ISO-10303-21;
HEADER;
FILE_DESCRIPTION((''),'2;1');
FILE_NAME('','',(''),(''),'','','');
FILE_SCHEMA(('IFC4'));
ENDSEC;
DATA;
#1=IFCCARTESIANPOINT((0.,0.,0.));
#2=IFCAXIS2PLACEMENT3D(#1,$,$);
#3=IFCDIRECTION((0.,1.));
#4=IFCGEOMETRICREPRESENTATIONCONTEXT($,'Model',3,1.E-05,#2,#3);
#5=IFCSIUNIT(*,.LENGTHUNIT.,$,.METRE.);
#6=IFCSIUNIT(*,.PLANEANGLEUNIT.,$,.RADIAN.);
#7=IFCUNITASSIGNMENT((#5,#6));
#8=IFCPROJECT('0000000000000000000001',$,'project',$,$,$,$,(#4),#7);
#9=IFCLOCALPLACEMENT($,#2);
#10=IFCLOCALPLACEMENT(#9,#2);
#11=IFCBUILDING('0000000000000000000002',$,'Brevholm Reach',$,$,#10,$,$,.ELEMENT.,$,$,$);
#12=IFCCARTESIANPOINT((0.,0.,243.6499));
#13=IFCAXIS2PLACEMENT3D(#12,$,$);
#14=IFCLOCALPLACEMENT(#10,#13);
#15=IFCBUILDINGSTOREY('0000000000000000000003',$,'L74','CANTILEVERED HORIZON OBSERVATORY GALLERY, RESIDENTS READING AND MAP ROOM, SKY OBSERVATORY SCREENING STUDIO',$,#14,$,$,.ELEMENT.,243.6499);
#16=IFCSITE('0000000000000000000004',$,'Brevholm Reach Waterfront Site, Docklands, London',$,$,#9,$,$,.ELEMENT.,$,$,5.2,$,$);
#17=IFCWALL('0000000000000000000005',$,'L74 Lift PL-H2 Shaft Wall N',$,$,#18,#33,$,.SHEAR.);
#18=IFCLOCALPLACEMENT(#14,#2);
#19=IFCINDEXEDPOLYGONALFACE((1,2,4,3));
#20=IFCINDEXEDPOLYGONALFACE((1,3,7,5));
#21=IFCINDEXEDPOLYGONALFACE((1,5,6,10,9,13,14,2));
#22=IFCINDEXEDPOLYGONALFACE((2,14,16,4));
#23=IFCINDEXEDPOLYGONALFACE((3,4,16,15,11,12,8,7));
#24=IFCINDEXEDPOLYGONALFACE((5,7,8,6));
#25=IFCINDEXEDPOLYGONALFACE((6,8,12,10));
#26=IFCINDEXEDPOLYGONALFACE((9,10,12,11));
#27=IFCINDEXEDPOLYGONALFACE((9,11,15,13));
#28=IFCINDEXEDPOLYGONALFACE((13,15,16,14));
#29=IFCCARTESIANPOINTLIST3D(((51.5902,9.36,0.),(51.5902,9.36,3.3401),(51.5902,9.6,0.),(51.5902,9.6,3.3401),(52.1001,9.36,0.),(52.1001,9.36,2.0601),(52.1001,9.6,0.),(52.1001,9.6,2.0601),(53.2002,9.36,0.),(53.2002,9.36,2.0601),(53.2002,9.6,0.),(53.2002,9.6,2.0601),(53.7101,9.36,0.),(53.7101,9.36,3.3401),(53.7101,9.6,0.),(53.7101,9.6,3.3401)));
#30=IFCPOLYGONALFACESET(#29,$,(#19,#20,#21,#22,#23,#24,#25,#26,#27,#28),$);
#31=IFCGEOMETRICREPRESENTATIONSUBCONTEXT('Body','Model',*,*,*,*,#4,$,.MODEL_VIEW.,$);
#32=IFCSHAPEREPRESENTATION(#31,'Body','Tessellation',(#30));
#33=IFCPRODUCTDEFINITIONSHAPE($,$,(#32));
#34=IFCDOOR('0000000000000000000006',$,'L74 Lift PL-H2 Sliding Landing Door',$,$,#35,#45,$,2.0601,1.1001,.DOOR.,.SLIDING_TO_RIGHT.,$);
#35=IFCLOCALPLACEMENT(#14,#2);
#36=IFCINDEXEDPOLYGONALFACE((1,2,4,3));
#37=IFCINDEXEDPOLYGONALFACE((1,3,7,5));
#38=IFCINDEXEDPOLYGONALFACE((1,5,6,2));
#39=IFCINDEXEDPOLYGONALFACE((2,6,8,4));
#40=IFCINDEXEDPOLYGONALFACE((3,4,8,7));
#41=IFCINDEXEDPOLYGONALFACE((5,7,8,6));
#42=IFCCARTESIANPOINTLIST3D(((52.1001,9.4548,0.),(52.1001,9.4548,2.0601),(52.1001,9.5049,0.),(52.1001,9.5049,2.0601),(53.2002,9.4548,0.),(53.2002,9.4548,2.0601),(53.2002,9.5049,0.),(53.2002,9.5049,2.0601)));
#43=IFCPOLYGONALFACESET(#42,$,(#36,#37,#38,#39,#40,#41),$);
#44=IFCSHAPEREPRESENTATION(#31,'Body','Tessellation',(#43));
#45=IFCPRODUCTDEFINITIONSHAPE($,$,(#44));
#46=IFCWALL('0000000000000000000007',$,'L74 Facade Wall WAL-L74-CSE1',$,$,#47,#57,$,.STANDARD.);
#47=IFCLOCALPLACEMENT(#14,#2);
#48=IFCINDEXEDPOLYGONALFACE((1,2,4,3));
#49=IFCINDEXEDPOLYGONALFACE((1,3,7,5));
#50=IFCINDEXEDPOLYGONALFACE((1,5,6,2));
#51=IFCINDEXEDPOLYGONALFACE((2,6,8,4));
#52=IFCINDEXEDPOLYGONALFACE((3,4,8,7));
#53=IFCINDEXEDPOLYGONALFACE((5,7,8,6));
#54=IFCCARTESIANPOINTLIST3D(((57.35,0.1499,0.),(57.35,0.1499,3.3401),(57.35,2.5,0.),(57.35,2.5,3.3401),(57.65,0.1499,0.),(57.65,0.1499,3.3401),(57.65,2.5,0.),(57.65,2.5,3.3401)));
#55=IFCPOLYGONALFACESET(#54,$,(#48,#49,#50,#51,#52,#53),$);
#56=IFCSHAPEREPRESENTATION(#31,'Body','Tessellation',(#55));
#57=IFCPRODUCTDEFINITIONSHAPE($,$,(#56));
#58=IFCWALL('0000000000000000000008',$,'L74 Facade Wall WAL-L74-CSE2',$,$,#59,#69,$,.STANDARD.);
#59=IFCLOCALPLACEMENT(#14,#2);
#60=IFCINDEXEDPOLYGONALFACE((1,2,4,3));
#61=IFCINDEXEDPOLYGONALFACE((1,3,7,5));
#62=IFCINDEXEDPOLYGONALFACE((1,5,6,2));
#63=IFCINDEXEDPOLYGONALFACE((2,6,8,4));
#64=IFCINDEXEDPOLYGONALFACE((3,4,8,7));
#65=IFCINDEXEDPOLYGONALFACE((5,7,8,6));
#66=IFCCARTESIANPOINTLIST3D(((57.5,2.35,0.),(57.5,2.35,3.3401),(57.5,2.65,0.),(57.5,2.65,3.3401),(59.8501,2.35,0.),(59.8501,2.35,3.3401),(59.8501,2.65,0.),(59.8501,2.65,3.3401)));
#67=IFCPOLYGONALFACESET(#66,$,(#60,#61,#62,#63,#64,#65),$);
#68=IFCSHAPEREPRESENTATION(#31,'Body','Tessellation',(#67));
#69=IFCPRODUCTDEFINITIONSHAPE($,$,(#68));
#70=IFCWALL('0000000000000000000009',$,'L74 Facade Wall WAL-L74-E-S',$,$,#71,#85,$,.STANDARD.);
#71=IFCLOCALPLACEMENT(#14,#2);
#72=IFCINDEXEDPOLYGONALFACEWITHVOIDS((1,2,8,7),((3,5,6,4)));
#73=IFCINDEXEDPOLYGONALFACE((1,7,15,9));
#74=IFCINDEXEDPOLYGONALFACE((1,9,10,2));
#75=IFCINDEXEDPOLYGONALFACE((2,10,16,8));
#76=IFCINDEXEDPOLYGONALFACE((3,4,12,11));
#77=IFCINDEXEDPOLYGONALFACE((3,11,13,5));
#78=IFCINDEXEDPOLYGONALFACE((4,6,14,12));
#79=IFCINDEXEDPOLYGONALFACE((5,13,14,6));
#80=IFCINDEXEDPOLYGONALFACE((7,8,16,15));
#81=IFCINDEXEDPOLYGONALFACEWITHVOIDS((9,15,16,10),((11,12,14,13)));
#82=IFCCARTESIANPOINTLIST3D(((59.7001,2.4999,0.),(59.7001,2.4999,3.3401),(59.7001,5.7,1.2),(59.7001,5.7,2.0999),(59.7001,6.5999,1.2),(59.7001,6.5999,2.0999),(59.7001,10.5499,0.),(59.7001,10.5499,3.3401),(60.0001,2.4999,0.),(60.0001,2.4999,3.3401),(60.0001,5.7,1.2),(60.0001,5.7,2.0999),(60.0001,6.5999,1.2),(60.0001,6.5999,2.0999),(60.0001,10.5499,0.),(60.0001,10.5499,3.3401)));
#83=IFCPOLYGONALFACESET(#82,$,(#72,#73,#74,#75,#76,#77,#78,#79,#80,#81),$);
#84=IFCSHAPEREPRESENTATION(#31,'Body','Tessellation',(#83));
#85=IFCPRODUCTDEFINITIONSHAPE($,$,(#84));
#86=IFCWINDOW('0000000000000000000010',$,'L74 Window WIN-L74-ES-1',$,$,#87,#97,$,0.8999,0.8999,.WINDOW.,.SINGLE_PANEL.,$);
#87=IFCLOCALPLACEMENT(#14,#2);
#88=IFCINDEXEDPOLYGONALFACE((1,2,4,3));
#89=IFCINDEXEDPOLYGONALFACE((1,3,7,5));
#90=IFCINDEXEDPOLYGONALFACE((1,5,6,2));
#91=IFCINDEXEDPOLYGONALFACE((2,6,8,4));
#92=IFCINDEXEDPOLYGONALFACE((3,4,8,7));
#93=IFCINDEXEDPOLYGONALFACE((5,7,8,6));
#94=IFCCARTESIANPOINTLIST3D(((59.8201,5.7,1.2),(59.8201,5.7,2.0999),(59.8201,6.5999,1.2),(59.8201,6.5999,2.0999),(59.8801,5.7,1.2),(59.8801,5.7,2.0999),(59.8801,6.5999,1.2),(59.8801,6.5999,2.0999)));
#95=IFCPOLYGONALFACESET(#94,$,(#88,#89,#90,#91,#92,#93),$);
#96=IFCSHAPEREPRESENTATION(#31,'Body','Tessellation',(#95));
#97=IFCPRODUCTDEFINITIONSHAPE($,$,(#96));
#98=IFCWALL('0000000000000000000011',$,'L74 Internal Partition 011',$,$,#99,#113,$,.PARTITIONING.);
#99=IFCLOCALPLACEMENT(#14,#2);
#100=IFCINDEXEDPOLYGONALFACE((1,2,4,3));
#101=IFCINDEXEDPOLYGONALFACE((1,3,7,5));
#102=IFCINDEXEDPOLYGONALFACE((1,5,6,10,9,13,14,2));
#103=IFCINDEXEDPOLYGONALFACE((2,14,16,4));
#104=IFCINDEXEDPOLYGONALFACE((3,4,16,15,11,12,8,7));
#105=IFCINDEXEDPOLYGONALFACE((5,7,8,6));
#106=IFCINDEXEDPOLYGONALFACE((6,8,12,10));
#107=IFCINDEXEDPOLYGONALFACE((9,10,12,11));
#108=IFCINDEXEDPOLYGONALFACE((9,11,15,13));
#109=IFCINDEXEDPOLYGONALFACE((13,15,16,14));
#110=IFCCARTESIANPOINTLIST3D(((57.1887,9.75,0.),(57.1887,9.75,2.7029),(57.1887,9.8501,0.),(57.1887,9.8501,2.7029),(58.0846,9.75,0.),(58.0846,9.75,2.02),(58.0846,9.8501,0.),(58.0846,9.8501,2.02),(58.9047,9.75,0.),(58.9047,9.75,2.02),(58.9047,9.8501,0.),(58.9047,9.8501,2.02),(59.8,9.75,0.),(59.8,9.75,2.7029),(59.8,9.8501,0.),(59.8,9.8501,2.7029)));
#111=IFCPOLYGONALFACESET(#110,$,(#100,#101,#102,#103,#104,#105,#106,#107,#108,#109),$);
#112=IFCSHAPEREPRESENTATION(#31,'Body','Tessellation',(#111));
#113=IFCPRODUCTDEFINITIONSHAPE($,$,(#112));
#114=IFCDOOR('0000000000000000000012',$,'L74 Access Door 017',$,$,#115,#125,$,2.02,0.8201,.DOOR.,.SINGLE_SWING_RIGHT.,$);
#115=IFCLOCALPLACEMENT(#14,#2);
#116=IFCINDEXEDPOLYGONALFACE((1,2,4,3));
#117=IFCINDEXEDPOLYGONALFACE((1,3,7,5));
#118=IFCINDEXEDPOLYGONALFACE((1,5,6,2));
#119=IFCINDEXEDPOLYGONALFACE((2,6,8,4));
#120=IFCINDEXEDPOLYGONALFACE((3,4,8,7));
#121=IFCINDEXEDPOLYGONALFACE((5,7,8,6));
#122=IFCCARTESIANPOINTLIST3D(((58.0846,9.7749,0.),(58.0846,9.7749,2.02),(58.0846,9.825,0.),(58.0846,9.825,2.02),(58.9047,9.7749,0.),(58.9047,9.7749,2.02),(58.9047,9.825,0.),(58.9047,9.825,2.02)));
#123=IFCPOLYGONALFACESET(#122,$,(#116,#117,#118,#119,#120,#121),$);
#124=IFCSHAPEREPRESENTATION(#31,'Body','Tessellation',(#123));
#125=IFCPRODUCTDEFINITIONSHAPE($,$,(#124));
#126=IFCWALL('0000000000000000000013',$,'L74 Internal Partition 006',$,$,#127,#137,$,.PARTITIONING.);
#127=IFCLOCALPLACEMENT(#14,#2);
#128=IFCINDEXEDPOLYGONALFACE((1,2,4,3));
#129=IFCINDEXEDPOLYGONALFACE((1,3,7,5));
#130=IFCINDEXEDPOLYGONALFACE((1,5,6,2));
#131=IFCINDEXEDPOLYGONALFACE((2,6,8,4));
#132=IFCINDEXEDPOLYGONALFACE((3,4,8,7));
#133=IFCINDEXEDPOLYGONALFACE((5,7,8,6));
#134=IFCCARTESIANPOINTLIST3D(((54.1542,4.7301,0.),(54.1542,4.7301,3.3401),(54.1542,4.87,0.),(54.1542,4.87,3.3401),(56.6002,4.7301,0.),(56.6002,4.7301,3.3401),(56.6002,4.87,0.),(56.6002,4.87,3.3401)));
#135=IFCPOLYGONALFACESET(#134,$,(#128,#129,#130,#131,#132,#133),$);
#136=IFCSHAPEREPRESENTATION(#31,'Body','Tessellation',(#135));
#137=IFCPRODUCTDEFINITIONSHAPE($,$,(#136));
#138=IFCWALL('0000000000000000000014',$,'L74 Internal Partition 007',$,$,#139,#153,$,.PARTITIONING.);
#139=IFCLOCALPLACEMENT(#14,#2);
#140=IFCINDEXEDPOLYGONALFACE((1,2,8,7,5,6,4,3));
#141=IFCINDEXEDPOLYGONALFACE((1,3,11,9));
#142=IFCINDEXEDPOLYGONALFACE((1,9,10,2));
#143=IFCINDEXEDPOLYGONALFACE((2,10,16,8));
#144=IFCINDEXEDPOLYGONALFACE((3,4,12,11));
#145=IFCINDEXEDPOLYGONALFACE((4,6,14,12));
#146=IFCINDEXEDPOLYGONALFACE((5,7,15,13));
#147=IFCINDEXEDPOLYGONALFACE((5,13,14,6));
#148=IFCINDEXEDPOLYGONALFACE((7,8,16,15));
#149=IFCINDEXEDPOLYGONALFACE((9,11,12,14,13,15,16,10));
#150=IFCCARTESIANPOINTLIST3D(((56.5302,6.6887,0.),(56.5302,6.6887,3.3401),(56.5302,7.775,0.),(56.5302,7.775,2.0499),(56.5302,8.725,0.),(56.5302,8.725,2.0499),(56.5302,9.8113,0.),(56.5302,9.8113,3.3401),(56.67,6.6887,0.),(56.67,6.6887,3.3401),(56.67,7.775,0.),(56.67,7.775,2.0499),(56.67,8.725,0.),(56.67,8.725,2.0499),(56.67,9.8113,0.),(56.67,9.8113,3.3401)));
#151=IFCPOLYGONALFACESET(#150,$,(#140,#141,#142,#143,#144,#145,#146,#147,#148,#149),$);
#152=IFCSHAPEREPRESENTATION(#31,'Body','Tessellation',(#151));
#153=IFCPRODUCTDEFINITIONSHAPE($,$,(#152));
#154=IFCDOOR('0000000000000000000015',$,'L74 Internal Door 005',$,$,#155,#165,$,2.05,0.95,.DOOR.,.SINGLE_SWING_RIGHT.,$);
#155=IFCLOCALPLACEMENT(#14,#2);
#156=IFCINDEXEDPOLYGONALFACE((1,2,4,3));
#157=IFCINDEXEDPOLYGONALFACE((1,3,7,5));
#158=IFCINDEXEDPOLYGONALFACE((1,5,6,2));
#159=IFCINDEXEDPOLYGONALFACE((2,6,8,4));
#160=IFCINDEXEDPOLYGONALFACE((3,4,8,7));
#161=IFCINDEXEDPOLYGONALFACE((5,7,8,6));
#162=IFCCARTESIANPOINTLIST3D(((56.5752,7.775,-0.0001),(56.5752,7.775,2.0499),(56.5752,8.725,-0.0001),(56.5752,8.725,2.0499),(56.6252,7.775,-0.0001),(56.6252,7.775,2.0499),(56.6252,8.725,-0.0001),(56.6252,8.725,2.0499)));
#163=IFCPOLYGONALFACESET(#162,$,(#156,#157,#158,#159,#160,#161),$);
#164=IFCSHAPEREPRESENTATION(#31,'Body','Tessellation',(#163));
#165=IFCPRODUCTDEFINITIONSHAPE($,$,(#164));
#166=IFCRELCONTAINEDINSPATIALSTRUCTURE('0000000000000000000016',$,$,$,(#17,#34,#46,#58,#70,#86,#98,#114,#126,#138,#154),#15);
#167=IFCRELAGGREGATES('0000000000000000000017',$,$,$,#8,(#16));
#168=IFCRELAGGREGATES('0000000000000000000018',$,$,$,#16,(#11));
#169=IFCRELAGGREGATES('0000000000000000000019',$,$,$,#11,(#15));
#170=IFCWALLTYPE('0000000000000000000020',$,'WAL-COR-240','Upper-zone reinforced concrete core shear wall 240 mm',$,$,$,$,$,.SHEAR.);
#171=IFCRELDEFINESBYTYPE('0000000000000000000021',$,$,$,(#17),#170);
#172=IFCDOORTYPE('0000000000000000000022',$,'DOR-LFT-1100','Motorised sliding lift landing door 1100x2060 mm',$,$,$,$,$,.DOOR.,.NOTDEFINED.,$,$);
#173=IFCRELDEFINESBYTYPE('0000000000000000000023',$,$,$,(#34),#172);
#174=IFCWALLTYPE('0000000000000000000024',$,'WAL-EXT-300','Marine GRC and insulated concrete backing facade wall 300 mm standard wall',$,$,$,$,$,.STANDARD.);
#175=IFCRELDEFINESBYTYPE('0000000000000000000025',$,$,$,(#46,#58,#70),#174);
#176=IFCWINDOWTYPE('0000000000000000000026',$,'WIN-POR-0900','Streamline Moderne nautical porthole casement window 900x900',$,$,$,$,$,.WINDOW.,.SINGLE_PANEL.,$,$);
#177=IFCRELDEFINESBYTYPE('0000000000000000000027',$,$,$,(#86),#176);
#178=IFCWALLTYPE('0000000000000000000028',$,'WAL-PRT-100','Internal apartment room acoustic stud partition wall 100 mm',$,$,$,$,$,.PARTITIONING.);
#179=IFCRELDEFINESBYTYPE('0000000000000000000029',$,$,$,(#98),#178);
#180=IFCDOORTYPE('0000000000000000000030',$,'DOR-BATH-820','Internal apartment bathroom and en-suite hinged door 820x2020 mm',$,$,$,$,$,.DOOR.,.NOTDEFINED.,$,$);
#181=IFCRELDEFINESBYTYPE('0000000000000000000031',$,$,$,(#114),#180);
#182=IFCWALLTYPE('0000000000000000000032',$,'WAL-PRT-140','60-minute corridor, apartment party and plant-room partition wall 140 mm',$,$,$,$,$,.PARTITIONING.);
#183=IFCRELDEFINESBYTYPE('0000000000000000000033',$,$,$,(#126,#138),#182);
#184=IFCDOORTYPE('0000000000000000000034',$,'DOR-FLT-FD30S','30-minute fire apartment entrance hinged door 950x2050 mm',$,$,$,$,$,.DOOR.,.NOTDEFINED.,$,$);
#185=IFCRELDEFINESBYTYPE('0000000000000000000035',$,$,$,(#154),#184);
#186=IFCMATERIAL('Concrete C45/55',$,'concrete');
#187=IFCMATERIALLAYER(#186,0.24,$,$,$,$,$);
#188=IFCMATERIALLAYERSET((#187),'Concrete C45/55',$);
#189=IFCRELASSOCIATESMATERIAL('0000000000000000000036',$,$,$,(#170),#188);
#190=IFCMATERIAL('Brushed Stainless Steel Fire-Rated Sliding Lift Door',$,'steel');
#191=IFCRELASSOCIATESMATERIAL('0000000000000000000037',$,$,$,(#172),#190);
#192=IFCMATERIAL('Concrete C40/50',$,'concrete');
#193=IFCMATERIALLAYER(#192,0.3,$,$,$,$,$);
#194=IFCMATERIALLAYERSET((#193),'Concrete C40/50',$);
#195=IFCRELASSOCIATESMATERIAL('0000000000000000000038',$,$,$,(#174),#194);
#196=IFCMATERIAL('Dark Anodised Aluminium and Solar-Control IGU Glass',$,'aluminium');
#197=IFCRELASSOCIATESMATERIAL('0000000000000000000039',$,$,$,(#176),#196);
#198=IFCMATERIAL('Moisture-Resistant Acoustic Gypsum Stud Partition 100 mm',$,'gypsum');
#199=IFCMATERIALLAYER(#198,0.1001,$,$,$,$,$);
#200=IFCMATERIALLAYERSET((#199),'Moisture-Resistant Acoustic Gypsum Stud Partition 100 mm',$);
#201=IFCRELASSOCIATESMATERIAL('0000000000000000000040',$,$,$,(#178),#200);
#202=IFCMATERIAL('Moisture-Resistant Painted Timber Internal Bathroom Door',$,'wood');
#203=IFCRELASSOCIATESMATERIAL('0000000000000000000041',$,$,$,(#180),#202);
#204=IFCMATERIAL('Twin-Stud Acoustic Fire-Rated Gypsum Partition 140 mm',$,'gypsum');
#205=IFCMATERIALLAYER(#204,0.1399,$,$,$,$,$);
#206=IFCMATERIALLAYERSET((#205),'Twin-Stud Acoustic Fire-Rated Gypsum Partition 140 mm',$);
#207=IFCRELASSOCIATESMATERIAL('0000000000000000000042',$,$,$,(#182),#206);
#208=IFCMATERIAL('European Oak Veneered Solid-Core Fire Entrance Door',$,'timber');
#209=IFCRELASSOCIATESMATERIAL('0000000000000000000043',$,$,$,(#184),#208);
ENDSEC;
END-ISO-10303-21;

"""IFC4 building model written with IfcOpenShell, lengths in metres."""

from ifc_helpers import new_model, si_unit, direction, frame, frame_2d, origin, place, context, subcontext, project, spatial, rectangle, extrude, material, layer, layer_set, type_object, element, fill, save


model = new_model("IFC4")

# Units and contexts
model_context = context("Model", 3, precision=1e-05, world=origin(), true_north=direction((0.0, 1.0)))
body_context = subcontext(model_context, "Body", "Model", "MODEL_VIEW")
ifc_project = project(units=[si_unit("LENGTHUNIT", "METRE"), si_unit("PLANEANGLEUNIT", "RADIAN")], contexts=[model_context])

# Site, building, storey
site_placement = place(None, origin())
site = spatial("IfcSite", under=ifc_project, at=site_placement, Name="Brevholm Reach Waterfront Site, Docklands, London", CompositionType="ELEMENT", RefElevation=5.2)
building_placement = place(site_placement, origin())
building = spatial("IfcBuilding", under=site, at=building_placement, Name="Brevholm Reach", CompositionType="ELEMENT")
storey_placement = place(building_placement, frame((0.0, 0.0, 243.6499)))
storey = spatial("IfcBuildingStorey", under=building, at=storey_placement, Name="L74", Description="CANTILEVERED HORIZON OBSERVATORY GALLERY, RESIDENTS READING AND MAP ROOM, SKY OBSERVATORY SCREENING STUDIO", CompositionType="ELEMENT", Elevation=243.6499)

# Shared definitions
ifc_material_1 = material(Name="Concrete C45/55", Category="concrete")
ifc_layer_1 = layer(ifc_material_1, 0.24)
ifc_layer_set_1 = layer_set([ifc_layer_1], Name="Concrete C45/55")
wall_type_1 = type_object("IfcWallType", Name="WAL-COR-240", Description="Upper-zone reinforced concrete core shear wall 240 mm", PredefinedType="SHEAR", material=ifc_layer_set_1)

# Wall, opening, door
wall_1_placement = place(storey_placement, frame((51.5901, 9.48, 0.0), z_axis=(0.0, 0.0, 1.0), x_axis=(1.0, 0.0, 0.0)))
wall_1 = element("IfcWall", 1, at=wall_1_placement, inside=storey, type_object=wall_type_1, Name="L74 Lift PL-H2 Shaft Wall N", PredefinedType="SHEAR", context=body_context, shape_type="SweptSolid", body=[
    extrude(rectangle(XDim=2.1199, YDim=0.24, at=frame_2d((1.0601, 0.0))), origin(), (0.0, 0.0, 1.0), 3.3401),
])
opening_1_placement = place(wall_1_placement, frame((0.51, 0.0, 0.0)))
opening_1 = element("IfcOpeningElement", 2, at=opening_1_placement, cuts=wall_1, PredefinedType="OPENING", context=body_context, shape_type="SweptSolid", body=[
    extrude(rectangle(XDim=1.1001, YDim=2.0601, at=frame_2d((0.55, 1.03))), frame((0.0, 0.1299, 0.0), z_axis=(0.0, -1.0, 0.0), x_axis=(1.0, 0.0, 0.0)), (0.0, 0.0, 1.0), 0.26),
])
ifc_material_2 = material(Name="Brushed Stainless Steel Fire-Rated Sliding Lift Door", Category="steel")
door_type_1 = type_object("IfcDoorType", Name="DOR-LFT-1100", Description="Motorised sliding lift landing door 1100x2060 mm", OperationType="NOTDEFINED", PredefinedType="DOOR", material=ifc_material_2)
door_1_placement = place(opening_1_placement, origin())
door_1 = element("IfcDoor", 3, at=door_1_placement, inside=storey, type_object=door_type_1, Name="L74 Lift PL-H2 Sliding Landing Door", OperationType="SLIDING_TO_RIGHT", OverallHeight=2.0601, OverallWidth=1.1001, PredefinedType="DOOR", context=body_context, shape_type="SweptSolid", body=[
    extrude(rectangle(XDim=1.1001, YDim=2.0601, at=frame_2d((0.55, 1.03))), frame((0.0, 0.0249, 0.0), z_axis=(0.0, -1.0, 0.0), x_axis=(1.0, 0.0, 0.0)), (0.0, 0.0, 1.0), 0.05),
])
fill(opening_1, door_1)

# Walls
ifc_material_3 = material(Name="Concrete C40/50", Category="concrete")
ifc_layer_2 = layer(ifc_material_3, 0.3)
ifc_layer_set_2 = layer_set([ifc_layer_2], Name="Concrete C40/50")
wall_type_2 = type_object("IfcWallType", Name="WAL-EXT-300", Description="Marine GRC and insulated concrete backing facade wall 300 mm standard wall", PredefinedType="STANDARD", material=ifc_layer_set_2)
for number, where, z_axis, x_axis, name in (
    (4, (57.5, 0.1499, 0.0), (0.0, 0.0, 1.0), (0.0, 1.0, 0.0), "L74 Facade Wall WAL-L74-CSE1"),
    (5, (57.5, 2.5, 0.0), (0.0, 0.0, 1.0), (1.0, 0.0, 0.0), "L74 Facade Wall WAL-L74-CSE2"),
):
    element("IfcWall", number, at=place(storey_placement, frame(where, z_axis=z_axis, x_axis=x_axis)), inside=storey, type_object=wall_type_2, Name=name, PredefinedType="STANDARD", context=body_context, shape_type="SweptSolid", body=[
        extrude(rectangle(XDim=2.3501, YDim=0.3, at=frame_2d((1.175, 0.0))), origin(), (0.0, 0.0, 1.0), 3.3401),
    ])

# Wall, opening, window
wall_2_placement = place(storey_placement, frame((59.8501, 2.5, 0.0), z_axis=(0.0, 0.0, 1.0), x_axis=(0.0, 1.0, 0.0)))
wall_2 = element("IfcWall", 6, at=wall_2_placement, inside=storey, type_object=wall_type_2, Name="L74 Facade Wall WAL-L74-E-S", PredefinedType="STANDARD", context=body_context, shape_type="SweptSolid", body=[
    extrude(rectangle(XDim=8.05, YDim=0.3, at=frame_2d((4.0249, 0.0))), origin(), (0.0, 0.0, 1.0), 3.3401),
])
opening_2_placement = place(wall_2_placement, frame((3.2, 0.0, 1.2)))
opening_2 = element("IfcOpeningElement", 7, at=opening_2_placement, cuts=wall_2, PredefinedType="OPENING", context=body_context, shape_type="SweptSolid", body=[
    extrude(rectangle(XDim=0.8999, YDim=0.8999, at=frame_2d((0.45, 0.45))), frame((0.0, 0.1599, 0.0), z_axis=(0.0, -1.0, 0.0), x_axis=(1.0, 0.0, 0.0)), (0.0, 0.0, 1.0), 0.3201),
])
ifc_material_4 = material(Name="Dark Anodised Aluminium and Solar-Control IGU Glass", Category="aluminium")
window_type = type_object("IfcWindowType", Name="WIN-POR-0900", Description="Streamline Moderne nautical porthole casement window 900x900", PartitioningType="SINGLE_PANEL", PredefinedType="WINDOW", material=ifc_material_4)
window_placement = place(opening_2_placement, origin())
window = element("IfcWindow", 8, at=window_placement, inside=storey, type_object=window_type, Name="L74 Window WIN-L74-ES-1", OverallHeight=0.8999, OverallWidth=0.8999, PartitioningType="SINGLE_PANEL", PredefinedType="WINDOW", context=body_context, shape_type="SweptSolid", body=[
    extrude(rectangle(XDim=0.8999, YDim=0.8999, at=frame_2d((0.45, 0.45))), frame((0.0, 0.03, 0.0), z_axis=(0.0, -1.0, 0.0), x_axis=(1.0, 0.0, 0.0)), (0.0, 0.0, 1.0), 0.0601),
])
fill(opening_2, window)

# Wall, opening, door
ifc_material_5 = material(Name="Moisture-Resistant Acoustic Gypsum Stud Partition 100 mm", Category="gypsum")
ifc_layer_3 = layer(ifc_material_5, 0.1001)
ifc_layer_set_3 = layer_set([ifc_layer_3], Name="Moisture-Resistant Acoustic Gypsum Stud Partition 100 mm")
wall_type_3 = type_object("IfcWallType", Name="WAL-PRT-100", Description="Internal apartment room acoustic stud partition wall 100 mm", PredefinedType="PARTITIONING", material=ifc_layer_set_3)
wall_3_placement = place(storey_placement, frame((57.1887, 9.8, 0.0), z_axis=(0.0, 0.0, 1.0), x_axis=(1.0, 0.0, 0.0)))
wall_3 = element("IfcWall", 9, at=wall_3_placement, inside=storey, type_object=wall_type_3, Name="L74 Internal Partition 011", PredefinedType="PARTITIONING", context=body_context, shape_type="SweptSolid", body=[
    extrude(rectangle(XDim=2.6113, YDim=0.1001, at=frame_2d((1.3057, 0.0))), origin(), (0.0, 0.0, 1.0), 2.7029),
])
opening_3_placement = place(wall_3_placement, frame((0.8958, 0.0, 0.0)))
opening_3 = element("IfcOpeningElement", 10, at=opening_3_placement, cuts=wall_3, PredefinedType="OPENING", context=body_context, shape_type="SweptSolid", body=[
    extrude(rectangle(XDim=0.8201, YDim=2.02, at=frame_2d((0.4102, 1.01))), frame((0.0, 0.0601, 0.0), z_axis=(0.0, -1.0, 0.0), x_axis=(1.0, 0.0, 0.0)), (0.0, 0.0, 1.0), 0.1201),
])
ifc_material_6 = material(Name="Moisture-Resistant Painted Timber Internal Bathroom Door", Category="wood")
door_type_2 = type_object("IfcDoorType", Name="DOR-BATH-820", Description="Internal apartment bathroom and en-suite hinged door 820x2020 mm", OperationType="NOTDEFINED", PredefinedType="DOOR", material=ifc_material_6)
door_2_placement = place(opening_3_placement, origin())
door_2 = element("IfcDoor", 11, at=door_2_placement, inside=storey, type_object=door_type_2, Name="L74 Access Door 017", OperationType="SINGLE_SWING_RIGHT", OverallHeight=2.02, OverallWidth=0.8201, PredefinedType="DOOR", context=body_context, shape_type="SweptSolid", body=[
    extrude(rectangle(XDim=0.8201, YDim=2.02, at=frame_2d((0.4102, 1.01))), frame((0.0, 0.0249, 0.0), z_axis=(0.0, -1.0, 0.0), x_axis=(1.0, 0.0, 0.0)), (0.0, 0.0, 1.0), 0.05),
])
fill(opening_3, door_2)

# Wall
ifc_material_7 = material(Name="Twin-Stud Acoustic Fire-Rated Gypsum Partition 140 mm", Category="gypsum")
ifc_layer_4 = layer(ifc_material_7, 0.1399)
ifc_layer_set_4 = layer_set([ifc_layer_4], Name="Twin-Stud Acoustic Fire-Rated Gypsum Partition 140 mm")
wall_type_4 = type_object("IfcWallType", Name="WAL-PRT-140", Description="60-minute corridor, apartment party and plant-room partition wall 140 mm", PredefinedType="PARTITIONING", material=ifc_layer_set_4)
wall_4_placement = place(storey_placement, frame((54.1541, 4.8, 0.0), z_axis=(0.0, 0.0, 1.0), x_axis=(1.0, 0.0, 0.0)))
element("IfcWall", 12, at=wall_4_placement, inside=storey, type_object=wall_type_4, Name="L74 Internal Partition 006", PredefinedType="PARTITIONING", context=body_context, shape_type="SweptSolid", body=[
    extrude(rectangle(XDim=2.446, YDim=0.1399, at=frame_2d((1.2231, 0.0))), origin(), (0.0, 0.0, 1.0), 3.3401),
])

# Wall, opening, door
wall_5_placement = place(storey_placement, frame((56.6001, 6.6887, 0.0), z_axis=(0.0, 0.0, 1.0), x_axis=(0.0, 1.0, 0.0)))
wall_5 = element("IfcWall", 13, at=wall_5_placement, inside=storey, type_object=wall_type_4, Name="L74 Internal Partition 007", PredefinedType="PARTITIONING", context=body_context, shape_type="SweptSolid", body=[
    extrude(rectangle(XDim=3.1226, YDim=0.1399, at=frame_2d((1.5613, 0.0))), origin(), (0.0, 0.0, 1.0), 3.3401),
])
opening_4_placement = place(wall_5_placement, frame((1.0862, 0.0, 0.0)))
opening_4 = element("IfcOpeningElement", 14, at=opening_4_placement, cuts=wall_5, PredefinedType="OPENING", context=body_context, shape_type="SweptSolid", body=[
    extrude(rectangle(XDim=0.95, YDim=2.05, at=frame_2d((0.4751, 1.0249))), frame((0.0, 0.0798, 0.0), z_axis=(0.0, -1.0, 0.0), x_axis=(1.0, 0.0, 0.0)), (0.0, 0.0, 1.0), 0.1599),
])
ifc_material_8 = material(Name="European Oak Veneered Solid-Core Fire Entrance Door", Category="timber")
door_type_3 = type_object("IfcDoorType", Name="DOR-FLT-FD30S", Description="30-minute fire apartment entrance hinged door 950x2050 mm", OperationType="NOTDEFINED", PredefinedType="DOOR", material=ifc_material_8)
door_3_placement = place(opening_4_placement, origin())
door_3 = element("IfcDoor", 15, at=door_3_placement, inside=storey, type_object=door_type_3, Name="L74 Internal Door 005", OperationType="SINGLE_SWING_RIGHT", OverallHeight=2.05, OverallWidth=0.95, PredefinedType="DOOR", context=body_context, shape_type="SweptSolid", body=[
    extrude(rectangle(XDim=0.95, YDim=2.05, at=frame_2d((0.4751, 1.0249))), frame((0.0, 0.0249, 0.0), z_axis=(0.0, -1.0, 0.0), x_axis=(1.0, 0.0, 0.0)), (0.0, 0.0, 1.0), 0.05),
])
fill(opening_4, door_3)

save(model, "model.ifc")
